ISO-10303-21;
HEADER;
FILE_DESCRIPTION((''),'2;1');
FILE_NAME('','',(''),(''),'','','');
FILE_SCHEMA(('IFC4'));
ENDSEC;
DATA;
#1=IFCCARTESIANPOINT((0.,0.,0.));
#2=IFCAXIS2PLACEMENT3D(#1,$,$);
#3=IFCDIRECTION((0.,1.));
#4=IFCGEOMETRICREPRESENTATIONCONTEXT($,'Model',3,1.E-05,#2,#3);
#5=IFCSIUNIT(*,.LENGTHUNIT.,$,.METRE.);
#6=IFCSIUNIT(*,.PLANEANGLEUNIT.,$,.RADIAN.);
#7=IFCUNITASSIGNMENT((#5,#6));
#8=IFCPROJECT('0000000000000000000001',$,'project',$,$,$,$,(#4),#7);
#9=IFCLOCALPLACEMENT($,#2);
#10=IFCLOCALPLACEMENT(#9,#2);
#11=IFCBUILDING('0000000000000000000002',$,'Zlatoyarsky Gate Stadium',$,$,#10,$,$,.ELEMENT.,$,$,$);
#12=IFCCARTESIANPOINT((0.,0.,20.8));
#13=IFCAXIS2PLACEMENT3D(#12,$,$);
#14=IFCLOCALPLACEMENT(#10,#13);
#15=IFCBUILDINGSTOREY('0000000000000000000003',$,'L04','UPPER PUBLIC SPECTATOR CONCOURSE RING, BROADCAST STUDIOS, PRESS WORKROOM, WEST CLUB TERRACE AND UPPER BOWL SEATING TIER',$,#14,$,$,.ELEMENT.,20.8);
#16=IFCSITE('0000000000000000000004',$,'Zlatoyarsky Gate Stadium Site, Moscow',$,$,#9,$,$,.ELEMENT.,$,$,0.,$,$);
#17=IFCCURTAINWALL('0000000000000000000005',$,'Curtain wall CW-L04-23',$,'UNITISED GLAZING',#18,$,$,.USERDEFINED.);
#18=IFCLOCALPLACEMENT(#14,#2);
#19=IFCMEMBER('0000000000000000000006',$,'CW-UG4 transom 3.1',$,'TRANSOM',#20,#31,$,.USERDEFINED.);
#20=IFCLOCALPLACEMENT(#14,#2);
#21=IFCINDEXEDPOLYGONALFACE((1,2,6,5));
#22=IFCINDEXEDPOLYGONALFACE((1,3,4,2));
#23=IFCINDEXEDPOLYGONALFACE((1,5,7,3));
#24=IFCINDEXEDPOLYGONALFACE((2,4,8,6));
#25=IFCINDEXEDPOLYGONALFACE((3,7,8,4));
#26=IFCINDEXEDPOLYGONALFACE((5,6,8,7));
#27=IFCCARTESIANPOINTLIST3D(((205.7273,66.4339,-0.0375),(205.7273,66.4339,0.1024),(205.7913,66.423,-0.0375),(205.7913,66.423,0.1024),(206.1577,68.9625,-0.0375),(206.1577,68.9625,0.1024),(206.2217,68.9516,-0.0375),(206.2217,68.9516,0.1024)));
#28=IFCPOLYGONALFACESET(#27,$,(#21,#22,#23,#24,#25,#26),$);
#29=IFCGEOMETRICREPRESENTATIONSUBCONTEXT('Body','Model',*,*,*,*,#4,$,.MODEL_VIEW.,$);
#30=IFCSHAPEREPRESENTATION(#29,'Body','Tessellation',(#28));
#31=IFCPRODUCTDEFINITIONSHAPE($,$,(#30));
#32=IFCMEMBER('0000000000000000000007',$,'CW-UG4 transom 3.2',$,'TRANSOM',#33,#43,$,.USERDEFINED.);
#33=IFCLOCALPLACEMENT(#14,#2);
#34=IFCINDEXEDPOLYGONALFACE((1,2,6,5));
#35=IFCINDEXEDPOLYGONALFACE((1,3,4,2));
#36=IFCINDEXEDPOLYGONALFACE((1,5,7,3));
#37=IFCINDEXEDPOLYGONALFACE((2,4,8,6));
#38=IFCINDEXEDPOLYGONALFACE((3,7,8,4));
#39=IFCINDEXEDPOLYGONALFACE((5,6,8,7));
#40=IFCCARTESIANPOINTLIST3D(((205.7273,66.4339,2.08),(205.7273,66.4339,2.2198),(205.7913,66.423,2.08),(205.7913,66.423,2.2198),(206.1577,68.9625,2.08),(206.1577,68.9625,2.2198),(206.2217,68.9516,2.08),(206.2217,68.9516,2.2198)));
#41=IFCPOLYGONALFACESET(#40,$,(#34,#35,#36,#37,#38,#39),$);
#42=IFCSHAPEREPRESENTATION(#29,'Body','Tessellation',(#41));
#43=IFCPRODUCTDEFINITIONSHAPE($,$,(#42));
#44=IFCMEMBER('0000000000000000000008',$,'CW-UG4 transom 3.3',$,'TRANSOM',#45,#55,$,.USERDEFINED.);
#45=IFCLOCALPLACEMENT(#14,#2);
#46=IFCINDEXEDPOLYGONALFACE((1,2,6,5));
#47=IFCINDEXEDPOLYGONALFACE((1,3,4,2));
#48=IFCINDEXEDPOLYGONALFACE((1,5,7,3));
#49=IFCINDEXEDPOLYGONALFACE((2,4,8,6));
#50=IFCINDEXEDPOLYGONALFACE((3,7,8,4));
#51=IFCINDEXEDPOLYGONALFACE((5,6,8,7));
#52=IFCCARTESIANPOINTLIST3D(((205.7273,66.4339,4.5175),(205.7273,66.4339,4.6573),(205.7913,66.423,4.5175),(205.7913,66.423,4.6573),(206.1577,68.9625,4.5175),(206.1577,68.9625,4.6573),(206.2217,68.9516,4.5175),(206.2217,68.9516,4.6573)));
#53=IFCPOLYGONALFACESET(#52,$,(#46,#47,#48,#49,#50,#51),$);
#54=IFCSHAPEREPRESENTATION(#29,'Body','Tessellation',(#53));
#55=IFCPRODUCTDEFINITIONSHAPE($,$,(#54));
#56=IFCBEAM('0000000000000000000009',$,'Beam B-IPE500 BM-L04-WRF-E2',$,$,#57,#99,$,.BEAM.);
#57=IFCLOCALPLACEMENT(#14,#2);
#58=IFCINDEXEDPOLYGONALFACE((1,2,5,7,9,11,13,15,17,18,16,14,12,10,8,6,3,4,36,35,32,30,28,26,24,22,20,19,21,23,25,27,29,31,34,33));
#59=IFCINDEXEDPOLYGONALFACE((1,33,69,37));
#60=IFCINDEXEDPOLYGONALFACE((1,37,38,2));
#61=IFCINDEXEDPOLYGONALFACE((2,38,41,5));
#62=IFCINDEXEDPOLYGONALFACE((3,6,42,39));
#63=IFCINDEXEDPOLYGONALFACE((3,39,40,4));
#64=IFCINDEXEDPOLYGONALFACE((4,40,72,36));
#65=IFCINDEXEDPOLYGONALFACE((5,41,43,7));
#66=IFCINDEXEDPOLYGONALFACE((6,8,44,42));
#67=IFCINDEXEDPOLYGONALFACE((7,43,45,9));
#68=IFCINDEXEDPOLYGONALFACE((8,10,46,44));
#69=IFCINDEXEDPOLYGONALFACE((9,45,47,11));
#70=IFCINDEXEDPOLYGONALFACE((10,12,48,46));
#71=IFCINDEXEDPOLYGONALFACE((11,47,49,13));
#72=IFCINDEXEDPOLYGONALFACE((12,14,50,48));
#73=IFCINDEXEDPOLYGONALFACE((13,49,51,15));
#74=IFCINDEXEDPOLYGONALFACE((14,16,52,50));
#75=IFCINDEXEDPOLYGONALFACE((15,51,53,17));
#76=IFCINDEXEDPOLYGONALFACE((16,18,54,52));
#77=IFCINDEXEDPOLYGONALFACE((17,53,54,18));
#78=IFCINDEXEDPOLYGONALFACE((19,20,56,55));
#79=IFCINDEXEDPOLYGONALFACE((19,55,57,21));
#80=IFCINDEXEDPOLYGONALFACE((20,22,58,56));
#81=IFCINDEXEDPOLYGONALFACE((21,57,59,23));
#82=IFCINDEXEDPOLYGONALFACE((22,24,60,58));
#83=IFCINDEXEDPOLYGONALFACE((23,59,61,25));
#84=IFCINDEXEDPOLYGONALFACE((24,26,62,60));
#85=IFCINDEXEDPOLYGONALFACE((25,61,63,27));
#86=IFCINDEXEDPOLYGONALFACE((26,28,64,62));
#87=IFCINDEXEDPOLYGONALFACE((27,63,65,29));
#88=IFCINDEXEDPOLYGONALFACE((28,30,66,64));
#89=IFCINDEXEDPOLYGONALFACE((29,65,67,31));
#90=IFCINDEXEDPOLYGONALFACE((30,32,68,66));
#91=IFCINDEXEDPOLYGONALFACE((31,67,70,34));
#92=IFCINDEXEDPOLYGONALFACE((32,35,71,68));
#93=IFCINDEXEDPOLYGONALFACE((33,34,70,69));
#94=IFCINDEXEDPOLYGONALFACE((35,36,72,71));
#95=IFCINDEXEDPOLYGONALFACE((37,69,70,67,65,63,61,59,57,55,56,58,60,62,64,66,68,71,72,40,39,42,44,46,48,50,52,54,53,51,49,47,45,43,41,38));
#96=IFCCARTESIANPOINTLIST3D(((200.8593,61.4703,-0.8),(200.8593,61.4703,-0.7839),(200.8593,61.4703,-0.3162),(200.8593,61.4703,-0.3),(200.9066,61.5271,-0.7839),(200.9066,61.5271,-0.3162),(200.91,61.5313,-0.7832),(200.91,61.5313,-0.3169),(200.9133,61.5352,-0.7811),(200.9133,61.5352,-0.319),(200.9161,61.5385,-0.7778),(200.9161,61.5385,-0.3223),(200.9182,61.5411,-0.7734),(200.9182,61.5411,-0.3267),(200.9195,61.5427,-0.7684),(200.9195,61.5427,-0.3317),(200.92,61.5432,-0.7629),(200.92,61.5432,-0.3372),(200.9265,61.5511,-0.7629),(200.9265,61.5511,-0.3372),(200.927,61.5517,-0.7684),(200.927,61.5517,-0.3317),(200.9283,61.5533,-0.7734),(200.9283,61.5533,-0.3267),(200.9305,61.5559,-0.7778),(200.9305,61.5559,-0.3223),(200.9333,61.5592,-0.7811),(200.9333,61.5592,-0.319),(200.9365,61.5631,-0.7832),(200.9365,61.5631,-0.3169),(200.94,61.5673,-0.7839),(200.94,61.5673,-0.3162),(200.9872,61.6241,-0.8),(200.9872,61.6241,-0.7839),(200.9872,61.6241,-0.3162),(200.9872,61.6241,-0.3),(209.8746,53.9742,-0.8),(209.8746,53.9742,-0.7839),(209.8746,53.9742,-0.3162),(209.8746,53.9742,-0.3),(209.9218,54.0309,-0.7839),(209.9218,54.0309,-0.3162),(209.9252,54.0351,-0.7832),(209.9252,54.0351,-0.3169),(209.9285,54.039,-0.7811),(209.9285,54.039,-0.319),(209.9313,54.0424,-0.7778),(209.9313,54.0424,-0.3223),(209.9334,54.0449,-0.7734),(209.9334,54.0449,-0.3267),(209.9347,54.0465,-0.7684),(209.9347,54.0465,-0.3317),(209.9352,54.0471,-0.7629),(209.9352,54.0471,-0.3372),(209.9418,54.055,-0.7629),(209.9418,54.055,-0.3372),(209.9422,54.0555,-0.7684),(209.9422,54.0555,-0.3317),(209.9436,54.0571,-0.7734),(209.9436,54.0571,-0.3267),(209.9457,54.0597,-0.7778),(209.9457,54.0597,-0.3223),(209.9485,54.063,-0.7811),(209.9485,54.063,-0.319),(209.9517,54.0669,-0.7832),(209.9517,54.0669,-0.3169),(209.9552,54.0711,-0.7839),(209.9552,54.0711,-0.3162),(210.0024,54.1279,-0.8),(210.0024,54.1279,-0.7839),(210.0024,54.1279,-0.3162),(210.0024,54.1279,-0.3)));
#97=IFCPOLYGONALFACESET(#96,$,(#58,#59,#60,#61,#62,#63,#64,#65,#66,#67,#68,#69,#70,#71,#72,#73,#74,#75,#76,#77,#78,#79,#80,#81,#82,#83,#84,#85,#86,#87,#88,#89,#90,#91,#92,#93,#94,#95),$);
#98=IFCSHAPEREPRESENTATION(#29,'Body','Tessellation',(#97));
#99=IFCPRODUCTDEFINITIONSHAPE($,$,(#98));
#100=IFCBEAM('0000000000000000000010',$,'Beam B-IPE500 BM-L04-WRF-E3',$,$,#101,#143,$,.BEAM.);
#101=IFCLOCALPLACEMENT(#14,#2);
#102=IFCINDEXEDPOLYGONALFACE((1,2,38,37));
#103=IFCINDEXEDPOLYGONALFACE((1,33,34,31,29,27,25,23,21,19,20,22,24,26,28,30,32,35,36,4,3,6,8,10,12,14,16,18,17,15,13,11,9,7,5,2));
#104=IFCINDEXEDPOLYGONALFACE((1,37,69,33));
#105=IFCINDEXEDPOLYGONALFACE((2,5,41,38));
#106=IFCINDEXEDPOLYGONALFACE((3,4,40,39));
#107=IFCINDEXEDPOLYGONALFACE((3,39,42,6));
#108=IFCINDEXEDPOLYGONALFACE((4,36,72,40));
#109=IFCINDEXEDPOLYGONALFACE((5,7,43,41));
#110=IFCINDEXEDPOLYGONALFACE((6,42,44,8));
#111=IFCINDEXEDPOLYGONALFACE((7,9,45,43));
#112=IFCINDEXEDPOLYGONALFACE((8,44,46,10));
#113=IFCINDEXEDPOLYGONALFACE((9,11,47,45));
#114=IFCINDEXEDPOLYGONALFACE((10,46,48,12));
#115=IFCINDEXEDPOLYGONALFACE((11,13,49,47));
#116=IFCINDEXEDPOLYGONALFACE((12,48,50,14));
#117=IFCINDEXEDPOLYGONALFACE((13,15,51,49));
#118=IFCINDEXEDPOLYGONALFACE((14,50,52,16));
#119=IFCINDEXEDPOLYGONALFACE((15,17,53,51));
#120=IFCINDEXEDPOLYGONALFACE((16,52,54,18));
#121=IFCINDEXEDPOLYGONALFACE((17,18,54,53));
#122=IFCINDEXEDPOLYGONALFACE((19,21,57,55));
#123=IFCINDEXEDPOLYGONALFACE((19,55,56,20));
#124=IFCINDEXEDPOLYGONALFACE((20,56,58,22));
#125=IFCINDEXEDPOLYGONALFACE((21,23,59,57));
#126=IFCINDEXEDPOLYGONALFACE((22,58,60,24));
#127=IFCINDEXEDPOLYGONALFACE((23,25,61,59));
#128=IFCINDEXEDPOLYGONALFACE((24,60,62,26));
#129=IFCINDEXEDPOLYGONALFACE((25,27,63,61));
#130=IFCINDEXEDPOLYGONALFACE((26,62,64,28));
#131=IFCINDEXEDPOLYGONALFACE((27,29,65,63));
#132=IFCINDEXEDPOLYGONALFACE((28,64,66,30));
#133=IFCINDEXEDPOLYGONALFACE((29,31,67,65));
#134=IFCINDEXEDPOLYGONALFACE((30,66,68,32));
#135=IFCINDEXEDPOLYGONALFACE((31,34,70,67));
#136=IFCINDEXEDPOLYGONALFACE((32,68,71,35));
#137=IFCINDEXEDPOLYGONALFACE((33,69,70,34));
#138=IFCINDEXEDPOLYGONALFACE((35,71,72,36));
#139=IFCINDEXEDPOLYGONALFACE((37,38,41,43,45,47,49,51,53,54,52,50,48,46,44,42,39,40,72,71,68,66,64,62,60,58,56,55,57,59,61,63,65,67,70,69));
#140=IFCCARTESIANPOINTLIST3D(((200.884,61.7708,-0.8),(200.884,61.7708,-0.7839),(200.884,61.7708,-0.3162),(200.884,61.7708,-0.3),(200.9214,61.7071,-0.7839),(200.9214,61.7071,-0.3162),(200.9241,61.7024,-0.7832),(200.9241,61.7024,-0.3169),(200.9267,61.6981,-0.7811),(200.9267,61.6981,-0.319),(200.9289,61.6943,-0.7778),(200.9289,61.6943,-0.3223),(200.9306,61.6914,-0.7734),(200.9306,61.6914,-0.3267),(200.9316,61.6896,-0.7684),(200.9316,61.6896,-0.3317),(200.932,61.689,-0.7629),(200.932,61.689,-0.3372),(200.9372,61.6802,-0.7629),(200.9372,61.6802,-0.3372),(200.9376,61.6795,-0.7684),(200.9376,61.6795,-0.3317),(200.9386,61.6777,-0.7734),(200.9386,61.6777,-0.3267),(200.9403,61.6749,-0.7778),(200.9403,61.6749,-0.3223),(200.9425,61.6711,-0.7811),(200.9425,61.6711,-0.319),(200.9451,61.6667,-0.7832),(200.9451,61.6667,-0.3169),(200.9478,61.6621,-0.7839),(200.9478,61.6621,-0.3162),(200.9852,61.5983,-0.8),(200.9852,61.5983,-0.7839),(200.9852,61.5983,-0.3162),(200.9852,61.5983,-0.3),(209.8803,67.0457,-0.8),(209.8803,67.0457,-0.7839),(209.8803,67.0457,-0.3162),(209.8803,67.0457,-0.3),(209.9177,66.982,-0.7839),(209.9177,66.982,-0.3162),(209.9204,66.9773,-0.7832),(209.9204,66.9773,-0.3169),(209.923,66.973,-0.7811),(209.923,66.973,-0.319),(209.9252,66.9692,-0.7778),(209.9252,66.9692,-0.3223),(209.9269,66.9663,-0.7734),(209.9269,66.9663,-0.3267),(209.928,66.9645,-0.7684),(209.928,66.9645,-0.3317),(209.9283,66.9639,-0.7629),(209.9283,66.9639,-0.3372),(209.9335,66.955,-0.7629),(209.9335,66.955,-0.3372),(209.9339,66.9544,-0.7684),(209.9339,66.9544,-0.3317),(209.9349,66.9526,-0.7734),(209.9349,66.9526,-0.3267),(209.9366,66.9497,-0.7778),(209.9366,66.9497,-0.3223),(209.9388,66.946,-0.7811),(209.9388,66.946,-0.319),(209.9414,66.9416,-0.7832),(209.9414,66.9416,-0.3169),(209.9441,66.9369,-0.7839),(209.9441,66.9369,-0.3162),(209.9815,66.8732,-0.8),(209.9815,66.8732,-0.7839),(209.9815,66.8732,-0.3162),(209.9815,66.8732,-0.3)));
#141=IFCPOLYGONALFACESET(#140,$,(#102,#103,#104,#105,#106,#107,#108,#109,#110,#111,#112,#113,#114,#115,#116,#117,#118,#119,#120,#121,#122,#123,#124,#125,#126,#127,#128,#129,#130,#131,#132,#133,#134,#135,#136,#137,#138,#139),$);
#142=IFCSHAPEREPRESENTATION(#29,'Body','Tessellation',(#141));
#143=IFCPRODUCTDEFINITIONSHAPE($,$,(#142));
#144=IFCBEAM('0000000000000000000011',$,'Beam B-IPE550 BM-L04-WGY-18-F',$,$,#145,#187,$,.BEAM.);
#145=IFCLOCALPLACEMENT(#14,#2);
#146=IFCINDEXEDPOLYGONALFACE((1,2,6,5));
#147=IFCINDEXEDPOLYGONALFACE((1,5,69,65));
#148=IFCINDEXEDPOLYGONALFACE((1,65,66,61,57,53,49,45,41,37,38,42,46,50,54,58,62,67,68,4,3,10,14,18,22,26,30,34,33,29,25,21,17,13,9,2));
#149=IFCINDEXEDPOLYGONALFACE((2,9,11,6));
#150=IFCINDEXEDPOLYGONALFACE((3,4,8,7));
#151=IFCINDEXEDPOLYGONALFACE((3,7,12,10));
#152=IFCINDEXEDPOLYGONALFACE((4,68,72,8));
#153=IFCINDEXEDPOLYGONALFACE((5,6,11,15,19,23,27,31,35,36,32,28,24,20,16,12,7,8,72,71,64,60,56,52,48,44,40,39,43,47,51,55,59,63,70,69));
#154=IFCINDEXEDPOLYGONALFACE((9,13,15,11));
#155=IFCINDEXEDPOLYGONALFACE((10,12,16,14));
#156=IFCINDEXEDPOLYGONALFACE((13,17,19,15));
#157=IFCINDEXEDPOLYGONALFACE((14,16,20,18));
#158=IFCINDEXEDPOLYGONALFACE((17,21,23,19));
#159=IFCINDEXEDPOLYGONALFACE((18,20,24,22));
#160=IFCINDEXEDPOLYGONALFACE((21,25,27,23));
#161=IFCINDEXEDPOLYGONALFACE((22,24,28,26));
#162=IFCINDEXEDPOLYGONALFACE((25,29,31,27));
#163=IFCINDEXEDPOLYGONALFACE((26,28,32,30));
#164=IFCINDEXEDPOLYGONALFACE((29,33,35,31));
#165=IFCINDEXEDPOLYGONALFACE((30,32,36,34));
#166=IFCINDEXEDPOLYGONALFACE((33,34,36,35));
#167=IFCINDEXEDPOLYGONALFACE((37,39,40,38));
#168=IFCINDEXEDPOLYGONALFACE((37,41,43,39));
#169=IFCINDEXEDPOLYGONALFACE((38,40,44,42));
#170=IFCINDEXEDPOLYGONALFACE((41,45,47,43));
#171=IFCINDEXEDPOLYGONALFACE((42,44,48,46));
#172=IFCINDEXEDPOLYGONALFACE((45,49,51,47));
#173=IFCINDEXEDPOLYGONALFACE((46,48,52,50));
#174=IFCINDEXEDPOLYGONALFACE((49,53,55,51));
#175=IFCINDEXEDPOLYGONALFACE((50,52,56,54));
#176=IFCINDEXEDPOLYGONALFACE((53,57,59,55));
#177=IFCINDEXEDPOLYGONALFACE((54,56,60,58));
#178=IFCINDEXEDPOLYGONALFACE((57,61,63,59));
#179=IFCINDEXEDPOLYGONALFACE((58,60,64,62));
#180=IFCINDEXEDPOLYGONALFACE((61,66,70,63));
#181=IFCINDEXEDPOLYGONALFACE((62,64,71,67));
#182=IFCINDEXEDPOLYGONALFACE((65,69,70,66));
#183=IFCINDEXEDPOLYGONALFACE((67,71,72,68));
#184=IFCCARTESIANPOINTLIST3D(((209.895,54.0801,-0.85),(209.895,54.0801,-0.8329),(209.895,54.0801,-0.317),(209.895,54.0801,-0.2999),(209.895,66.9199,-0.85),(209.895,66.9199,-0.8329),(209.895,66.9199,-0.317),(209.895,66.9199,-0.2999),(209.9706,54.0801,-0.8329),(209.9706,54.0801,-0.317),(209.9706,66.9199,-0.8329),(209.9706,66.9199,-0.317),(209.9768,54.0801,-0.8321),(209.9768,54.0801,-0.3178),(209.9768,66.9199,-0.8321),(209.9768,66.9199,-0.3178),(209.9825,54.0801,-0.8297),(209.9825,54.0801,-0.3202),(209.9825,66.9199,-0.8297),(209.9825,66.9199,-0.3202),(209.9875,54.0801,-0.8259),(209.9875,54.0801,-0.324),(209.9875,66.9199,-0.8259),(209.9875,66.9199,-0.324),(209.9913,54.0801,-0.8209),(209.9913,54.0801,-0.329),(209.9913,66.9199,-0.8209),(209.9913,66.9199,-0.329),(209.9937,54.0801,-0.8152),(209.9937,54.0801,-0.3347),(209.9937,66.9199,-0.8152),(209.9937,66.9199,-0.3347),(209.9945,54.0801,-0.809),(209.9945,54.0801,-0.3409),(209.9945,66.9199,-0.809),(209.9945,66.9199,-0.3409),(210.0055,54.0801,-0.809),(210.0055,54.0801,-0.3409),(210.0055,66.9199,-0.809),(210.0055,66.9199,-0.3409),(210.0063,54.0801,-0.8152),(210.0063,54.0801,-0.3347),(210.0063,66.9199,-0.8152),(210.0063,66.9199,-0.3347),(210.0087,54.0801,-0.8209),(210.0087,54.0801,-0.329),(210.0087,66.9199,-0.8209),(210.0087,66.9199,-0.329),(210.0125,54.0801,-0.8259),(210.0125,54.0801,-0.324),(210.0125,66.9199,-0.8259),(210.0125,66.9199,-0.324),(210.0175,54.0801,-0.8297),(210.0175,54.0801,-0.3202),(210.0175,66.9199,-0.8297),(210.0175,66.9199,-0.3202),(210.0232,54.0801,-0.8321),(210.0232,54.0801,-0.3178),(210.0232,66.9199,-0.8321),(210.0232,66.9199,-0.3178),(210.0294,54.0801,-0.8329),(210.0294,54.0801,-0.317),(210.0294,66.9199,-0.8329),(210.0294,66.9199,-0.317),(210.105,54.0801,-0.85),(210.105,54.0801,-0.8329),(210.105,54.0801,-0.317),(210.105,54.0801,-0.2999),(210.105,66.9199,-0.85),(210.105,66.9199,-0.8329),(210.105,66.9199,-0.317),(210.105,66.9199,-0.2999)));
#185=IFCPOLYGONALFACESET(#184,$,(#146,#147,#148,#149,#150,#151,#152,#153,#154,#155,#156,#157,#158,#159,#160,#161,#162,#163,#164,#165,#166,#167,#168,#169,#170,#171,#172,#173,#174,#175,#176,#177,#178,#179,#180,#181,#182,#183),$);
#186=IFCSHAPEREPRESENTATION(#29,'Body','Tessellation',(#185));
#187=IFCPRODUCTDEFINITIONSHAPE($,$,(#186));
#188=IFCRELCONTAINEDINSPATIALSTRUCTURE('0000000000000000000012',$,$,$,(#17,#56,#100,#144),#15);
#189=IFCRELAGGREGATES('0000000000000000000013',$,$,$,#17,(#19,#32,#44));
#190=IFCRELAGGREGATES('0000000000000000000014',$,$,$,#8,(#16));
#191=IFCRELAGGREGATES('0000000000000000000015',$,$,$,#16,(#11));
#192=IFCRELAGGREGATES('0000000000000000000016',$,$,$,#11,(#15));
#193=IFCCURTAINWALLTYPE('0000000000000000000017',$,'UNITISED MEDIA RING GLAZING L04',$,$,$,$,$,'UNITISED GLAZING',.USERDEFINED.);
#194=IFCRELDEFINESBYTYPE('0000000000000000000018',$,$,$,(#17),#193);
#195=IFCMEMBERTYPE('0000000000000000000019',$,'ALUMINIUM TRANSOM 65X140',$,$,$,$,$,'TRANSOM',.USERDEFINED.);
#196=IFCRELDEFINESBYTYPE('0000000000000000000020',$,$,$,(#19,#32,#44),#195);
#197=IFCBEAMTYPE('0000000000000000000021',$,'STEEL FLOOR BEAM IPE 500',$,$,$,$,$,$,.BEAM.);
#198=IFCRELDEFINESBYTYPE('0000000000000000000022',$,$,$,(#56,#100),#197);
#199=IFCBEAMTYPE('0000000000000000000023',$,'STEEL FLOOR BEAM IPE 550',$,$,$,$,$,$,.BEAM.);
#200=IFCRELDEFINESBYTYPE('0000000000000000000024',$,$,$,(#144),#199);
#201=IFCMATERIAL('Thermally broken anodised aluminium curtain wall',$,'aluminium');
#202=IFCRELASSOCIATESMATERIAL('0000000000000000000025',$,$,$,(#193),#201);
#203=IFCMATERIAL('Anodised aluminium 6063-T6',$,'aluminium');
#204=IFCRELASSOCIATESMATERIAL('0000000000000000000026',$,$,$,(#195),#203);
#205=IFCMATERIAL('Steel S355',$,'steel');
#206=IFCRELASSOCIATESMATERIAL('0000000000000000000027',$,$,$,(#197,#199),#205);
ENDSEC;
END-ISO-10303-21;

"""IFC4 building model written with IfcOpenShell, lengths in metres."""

from ifc_helpers import new_model, si_unit, direction, frame, origin, origin_2d, place, context, subcontext, project, spatial, rectangle, i_section, extrude, material, material_profile, profile_set, type_object, element, aggregate, save


model = new_model("IFC4")

# Units and contexts
model_context = context("Model", 3, precision=1e-05, world=origin(), true_north=direction((0.0, 1.0)))
body_context = subcontext(model_context, "Body", "Model", "MODEL_VIEW")
ifc_project = project(units=[si_unit("LENGTHUNIT", "METRE"), si_unit("PLANEANGLEUNIT", "RADIAN")], contexts=[model_context])

# Site, building, storey
site_placement = place(None, origin())
site = spatial("IfcSite", under=ifc_project, at=site_placement, Name="Zlatoyarsky Gate Stadium Site, Moscow", CompositionType="ELEMENT", RefElevation=0.0)
building_placement = place(site_placement, origin())
building = spatial("IfcBuilding", under=site, at=building_placement, Name="Zlatoyarsky Gate Stadium", CompositionType="ELEMENT")
storey_placement = place(building_placement, frame((0.0, 0.0, 20.8)))
storey = spatial("IfcBuildingStorey", under=building, at=storey_placement, Name="L04", Description="UPPER PUBLIC SPECTATOR CONCOURSE RING, BROADCAST STUDIOS, PRESS WORKROOM, WEST CLUB TERRACE AND UPPER BOWL SEATING TIER", CompositionType="ELEMENT", Elevation=20.8)

# Curtain wall
ifc_material_1 = material(Name="Thermally broken anodised aluminium curtain wall", Category="aluminium")
curtain_wall_type = type_object("IfcCurtainWallType", Name="UNITISED MEDIA RING GLAZING L04", ElementType="UNITISED GLAZING", PredefinedType="USERDEFINED", material=ifc_material_1)
ifc_material_2 = material(Name="Anodised aluminium 6063-T6", Category="aluminium")
curtain_wall_1_placement = place(storey_placement, origin())
curtain_wall_1 = element("IfcCurtainWall", 1, at=curtain_wall_1_placement, inside=storey, type_object=curtain_wall_type, Name="Curtain wall CW-L04-23", ObjectType="UNITISED GLAZING", PredefinedType="USERDEFINED")

# Members
ifc_material_profile_1 = material_profile(ifc_material_2, rectangle(XDim=0.0649, YDim=0.1399, at=origin_2d()), Name="ALU 65X140")
ifc_profile_set_1 = profile_set([ifc_material_profile_1], Name="Anodised aluminium 6063-T6")
member_type_1 = type_object("IfcMemberType", Name="ALUMINIUM TRANSOM 65X140", ElementType="TRANSOM", PredefinedType="USERDEFINED", material=ifc_profile_set_1)
member_1_placement = place(storey_placement, frame((205.7593, 66.4285, 0.0325), z_axis=(0.167809, 0.985819, 0.0), x_axis=(-0.985819, 0.167809, 0.0)))
member_1 = element("IfcMember", 2, at=member_1_placement, type_object=member_type_1, Name="CW-UG4 transom 3.1", ObjectType="TRANSOM", PredefinedType="USERDEFINED", context=body_context, shape_type="SweptSolid", body=[
    extrude(rectangle(XDim=0.0649, YDim=0.1399, at=origin_2d()), origin(), (0.0, 0.0, 1.0), 2.5649),
])
member_2_placement = place(storey_placement, frame((205.7593, 66.4285, 2.1499), z_axis=(0.167809, 0.985819, 0.0), x_axis=(-0.985819, 0.167809, 0.0)))
member_2 = element("IfcMember", 3, at=member_2_placement, type_object=member_type_1, Name="CW-UG4 transom 3.2", ObjectType="TRANSOM", PredefinedType="USERDEFINED", context=body_context, shape_type="SweptSolid", body=[
    extrude(rectangle(XDim=0.0649, YDim=0.1399, at=origin_2d()), origin(), (0.0, 0.0, 1.0), 2.5649),
])
member_3_placement = place(storey_placement, frame((205.7593, 66.4285, 4.5874), z_axis=(0.167809, 0.985819, 0.0), x_axis=(-0.985819, 0.167809, 0.0)))
member_3 = element("IfcMember", 4, at=member_3_placement, type_object=member_type_1, Name="CW-UG4 transom 3.3", ObjectType="TRANSOM", PredefinedType="USERDEFINED", context=body_context, shape_type="SweptSolid", body=[
    extrude(rectangle(XDim=0.0649, YDim=0.1399, at=origin_2d()), origin(), (0.0, 0.0, 1.0), 2.5649),
])

# Beams
ifc_material_3 = material(Name="Steel S355", Category="steel")
ifc_material_profile_2 = material_profile(ifc_material_3, i_section(OverallWidth=0.2, OverallDepth=0.5, WebThickness=0.0103, FlangeThickness=0.0161, FilletRadius=0.021, at=origin_2d()), Name="IPE 500")
ifc_profile_set_2 = profile_set([ifc_material_profile_2], Name="Steel S355")
beam_type_1 = type_object("IfcBeamType", Name="STEEL FLOOR BEAM IPE 500", PredefinedType="BEAM", material=ifc_profile_set_2)
beam_1_placement = place(storey_placement, frame((209.9385, 54.051, -0.55), z_axis=(-0.768914, 0.639352, 0.0), x_axis=(-0.639352, -0.768914, 0.0)))
element("IfcBeam", 5, at=beam_1_placement, inside=storey, type_object=beam_type_1, Name="Beam B-IPE500 BM-L04-WRF-E2", PredefinedType="BEAM", context=body_context, shape_type="SweptSolid", body=[
    extrude(i_section(OverallWidth=0.2, OverallDepth=0.5, WebThickness=0.0103, FlangeThickness=0.0161, FilletRadius=0.021, at=origin_2d()), origin(), (0.0, 0.0, 1.0), 11.7246),
])
beam_2_placement = place(storey_placement, frame((209.9309, 66.9595, -0.55), z_axis=(-0.862648, -0.505804, 0.0), x_axis=(0.505804, -0.862648, 0.0)))
element("IfcBeam", 6, at=beam_2_placement, inside=storey, type_object=beam_type_1, Name="Beam B-IPE500 BM-L04-WRF-E3", PredefinedType="BEAM", context=body_context, shape_type="SweptSolid", body=[
    extrude(i_section(OverallWidth=0.2, OverallDepth=0.5, WebThickness=0.0103, FlangeThickness=0.0161, FilletRadius=0.021, at=origin_2d()), origin(), (0.0, 0.0, 1.0), 10.4287),
])
ifc_material_profile_3 = material_profile(ifc_material_3, i_section(OverallWidth=0.21, OverallDepth=0.55, WebThickness=0.011, FlangeThickness=0.0171, FilletRadius=0.0239, at=origin_2d()), Name="IPE 550")
ifc_profile_set_3 = profile_set([ifc_material_profile_3], Name="Steel S355")
beam_type_2 = type_object("IfcBeamType", Name="STEEL FLOOR BEAM IPE 550", PredefinedType="BEAM", material=ifc_profile_set_3)
for number, where, z_axis, x_axis, name in (
    (7, (210.0, 54.0801, -0.575), (0.0, 1.0, 0.0), (-1.0, 0.0, 0.0), "Beam B-IPE550 BM-L04-WGY-18-F"),
):
    element("IfcBeam", number, at=place(storey_placement, frame(where, z_axis=z_axis, x_axis=x_axis)), inside=storey, type_object=beam_type_2, Name=name, PredefinedType="BEAM", context=body_context, shape_type="SweptSolid", body=[
        extrude(i_section(OverallWidth=0.21, OverallDepth=0.55, WebThickness=0.011, FlangeThickness=0.0171, FilletRadius=0.0239, at=origin_2d()), origin(), (0.0, 0.0, 1.0), 12.8398),
    ])

aggregate(curtain_wall_1, [member_1, member_2, member_3])

save(model, "model.ifc")
